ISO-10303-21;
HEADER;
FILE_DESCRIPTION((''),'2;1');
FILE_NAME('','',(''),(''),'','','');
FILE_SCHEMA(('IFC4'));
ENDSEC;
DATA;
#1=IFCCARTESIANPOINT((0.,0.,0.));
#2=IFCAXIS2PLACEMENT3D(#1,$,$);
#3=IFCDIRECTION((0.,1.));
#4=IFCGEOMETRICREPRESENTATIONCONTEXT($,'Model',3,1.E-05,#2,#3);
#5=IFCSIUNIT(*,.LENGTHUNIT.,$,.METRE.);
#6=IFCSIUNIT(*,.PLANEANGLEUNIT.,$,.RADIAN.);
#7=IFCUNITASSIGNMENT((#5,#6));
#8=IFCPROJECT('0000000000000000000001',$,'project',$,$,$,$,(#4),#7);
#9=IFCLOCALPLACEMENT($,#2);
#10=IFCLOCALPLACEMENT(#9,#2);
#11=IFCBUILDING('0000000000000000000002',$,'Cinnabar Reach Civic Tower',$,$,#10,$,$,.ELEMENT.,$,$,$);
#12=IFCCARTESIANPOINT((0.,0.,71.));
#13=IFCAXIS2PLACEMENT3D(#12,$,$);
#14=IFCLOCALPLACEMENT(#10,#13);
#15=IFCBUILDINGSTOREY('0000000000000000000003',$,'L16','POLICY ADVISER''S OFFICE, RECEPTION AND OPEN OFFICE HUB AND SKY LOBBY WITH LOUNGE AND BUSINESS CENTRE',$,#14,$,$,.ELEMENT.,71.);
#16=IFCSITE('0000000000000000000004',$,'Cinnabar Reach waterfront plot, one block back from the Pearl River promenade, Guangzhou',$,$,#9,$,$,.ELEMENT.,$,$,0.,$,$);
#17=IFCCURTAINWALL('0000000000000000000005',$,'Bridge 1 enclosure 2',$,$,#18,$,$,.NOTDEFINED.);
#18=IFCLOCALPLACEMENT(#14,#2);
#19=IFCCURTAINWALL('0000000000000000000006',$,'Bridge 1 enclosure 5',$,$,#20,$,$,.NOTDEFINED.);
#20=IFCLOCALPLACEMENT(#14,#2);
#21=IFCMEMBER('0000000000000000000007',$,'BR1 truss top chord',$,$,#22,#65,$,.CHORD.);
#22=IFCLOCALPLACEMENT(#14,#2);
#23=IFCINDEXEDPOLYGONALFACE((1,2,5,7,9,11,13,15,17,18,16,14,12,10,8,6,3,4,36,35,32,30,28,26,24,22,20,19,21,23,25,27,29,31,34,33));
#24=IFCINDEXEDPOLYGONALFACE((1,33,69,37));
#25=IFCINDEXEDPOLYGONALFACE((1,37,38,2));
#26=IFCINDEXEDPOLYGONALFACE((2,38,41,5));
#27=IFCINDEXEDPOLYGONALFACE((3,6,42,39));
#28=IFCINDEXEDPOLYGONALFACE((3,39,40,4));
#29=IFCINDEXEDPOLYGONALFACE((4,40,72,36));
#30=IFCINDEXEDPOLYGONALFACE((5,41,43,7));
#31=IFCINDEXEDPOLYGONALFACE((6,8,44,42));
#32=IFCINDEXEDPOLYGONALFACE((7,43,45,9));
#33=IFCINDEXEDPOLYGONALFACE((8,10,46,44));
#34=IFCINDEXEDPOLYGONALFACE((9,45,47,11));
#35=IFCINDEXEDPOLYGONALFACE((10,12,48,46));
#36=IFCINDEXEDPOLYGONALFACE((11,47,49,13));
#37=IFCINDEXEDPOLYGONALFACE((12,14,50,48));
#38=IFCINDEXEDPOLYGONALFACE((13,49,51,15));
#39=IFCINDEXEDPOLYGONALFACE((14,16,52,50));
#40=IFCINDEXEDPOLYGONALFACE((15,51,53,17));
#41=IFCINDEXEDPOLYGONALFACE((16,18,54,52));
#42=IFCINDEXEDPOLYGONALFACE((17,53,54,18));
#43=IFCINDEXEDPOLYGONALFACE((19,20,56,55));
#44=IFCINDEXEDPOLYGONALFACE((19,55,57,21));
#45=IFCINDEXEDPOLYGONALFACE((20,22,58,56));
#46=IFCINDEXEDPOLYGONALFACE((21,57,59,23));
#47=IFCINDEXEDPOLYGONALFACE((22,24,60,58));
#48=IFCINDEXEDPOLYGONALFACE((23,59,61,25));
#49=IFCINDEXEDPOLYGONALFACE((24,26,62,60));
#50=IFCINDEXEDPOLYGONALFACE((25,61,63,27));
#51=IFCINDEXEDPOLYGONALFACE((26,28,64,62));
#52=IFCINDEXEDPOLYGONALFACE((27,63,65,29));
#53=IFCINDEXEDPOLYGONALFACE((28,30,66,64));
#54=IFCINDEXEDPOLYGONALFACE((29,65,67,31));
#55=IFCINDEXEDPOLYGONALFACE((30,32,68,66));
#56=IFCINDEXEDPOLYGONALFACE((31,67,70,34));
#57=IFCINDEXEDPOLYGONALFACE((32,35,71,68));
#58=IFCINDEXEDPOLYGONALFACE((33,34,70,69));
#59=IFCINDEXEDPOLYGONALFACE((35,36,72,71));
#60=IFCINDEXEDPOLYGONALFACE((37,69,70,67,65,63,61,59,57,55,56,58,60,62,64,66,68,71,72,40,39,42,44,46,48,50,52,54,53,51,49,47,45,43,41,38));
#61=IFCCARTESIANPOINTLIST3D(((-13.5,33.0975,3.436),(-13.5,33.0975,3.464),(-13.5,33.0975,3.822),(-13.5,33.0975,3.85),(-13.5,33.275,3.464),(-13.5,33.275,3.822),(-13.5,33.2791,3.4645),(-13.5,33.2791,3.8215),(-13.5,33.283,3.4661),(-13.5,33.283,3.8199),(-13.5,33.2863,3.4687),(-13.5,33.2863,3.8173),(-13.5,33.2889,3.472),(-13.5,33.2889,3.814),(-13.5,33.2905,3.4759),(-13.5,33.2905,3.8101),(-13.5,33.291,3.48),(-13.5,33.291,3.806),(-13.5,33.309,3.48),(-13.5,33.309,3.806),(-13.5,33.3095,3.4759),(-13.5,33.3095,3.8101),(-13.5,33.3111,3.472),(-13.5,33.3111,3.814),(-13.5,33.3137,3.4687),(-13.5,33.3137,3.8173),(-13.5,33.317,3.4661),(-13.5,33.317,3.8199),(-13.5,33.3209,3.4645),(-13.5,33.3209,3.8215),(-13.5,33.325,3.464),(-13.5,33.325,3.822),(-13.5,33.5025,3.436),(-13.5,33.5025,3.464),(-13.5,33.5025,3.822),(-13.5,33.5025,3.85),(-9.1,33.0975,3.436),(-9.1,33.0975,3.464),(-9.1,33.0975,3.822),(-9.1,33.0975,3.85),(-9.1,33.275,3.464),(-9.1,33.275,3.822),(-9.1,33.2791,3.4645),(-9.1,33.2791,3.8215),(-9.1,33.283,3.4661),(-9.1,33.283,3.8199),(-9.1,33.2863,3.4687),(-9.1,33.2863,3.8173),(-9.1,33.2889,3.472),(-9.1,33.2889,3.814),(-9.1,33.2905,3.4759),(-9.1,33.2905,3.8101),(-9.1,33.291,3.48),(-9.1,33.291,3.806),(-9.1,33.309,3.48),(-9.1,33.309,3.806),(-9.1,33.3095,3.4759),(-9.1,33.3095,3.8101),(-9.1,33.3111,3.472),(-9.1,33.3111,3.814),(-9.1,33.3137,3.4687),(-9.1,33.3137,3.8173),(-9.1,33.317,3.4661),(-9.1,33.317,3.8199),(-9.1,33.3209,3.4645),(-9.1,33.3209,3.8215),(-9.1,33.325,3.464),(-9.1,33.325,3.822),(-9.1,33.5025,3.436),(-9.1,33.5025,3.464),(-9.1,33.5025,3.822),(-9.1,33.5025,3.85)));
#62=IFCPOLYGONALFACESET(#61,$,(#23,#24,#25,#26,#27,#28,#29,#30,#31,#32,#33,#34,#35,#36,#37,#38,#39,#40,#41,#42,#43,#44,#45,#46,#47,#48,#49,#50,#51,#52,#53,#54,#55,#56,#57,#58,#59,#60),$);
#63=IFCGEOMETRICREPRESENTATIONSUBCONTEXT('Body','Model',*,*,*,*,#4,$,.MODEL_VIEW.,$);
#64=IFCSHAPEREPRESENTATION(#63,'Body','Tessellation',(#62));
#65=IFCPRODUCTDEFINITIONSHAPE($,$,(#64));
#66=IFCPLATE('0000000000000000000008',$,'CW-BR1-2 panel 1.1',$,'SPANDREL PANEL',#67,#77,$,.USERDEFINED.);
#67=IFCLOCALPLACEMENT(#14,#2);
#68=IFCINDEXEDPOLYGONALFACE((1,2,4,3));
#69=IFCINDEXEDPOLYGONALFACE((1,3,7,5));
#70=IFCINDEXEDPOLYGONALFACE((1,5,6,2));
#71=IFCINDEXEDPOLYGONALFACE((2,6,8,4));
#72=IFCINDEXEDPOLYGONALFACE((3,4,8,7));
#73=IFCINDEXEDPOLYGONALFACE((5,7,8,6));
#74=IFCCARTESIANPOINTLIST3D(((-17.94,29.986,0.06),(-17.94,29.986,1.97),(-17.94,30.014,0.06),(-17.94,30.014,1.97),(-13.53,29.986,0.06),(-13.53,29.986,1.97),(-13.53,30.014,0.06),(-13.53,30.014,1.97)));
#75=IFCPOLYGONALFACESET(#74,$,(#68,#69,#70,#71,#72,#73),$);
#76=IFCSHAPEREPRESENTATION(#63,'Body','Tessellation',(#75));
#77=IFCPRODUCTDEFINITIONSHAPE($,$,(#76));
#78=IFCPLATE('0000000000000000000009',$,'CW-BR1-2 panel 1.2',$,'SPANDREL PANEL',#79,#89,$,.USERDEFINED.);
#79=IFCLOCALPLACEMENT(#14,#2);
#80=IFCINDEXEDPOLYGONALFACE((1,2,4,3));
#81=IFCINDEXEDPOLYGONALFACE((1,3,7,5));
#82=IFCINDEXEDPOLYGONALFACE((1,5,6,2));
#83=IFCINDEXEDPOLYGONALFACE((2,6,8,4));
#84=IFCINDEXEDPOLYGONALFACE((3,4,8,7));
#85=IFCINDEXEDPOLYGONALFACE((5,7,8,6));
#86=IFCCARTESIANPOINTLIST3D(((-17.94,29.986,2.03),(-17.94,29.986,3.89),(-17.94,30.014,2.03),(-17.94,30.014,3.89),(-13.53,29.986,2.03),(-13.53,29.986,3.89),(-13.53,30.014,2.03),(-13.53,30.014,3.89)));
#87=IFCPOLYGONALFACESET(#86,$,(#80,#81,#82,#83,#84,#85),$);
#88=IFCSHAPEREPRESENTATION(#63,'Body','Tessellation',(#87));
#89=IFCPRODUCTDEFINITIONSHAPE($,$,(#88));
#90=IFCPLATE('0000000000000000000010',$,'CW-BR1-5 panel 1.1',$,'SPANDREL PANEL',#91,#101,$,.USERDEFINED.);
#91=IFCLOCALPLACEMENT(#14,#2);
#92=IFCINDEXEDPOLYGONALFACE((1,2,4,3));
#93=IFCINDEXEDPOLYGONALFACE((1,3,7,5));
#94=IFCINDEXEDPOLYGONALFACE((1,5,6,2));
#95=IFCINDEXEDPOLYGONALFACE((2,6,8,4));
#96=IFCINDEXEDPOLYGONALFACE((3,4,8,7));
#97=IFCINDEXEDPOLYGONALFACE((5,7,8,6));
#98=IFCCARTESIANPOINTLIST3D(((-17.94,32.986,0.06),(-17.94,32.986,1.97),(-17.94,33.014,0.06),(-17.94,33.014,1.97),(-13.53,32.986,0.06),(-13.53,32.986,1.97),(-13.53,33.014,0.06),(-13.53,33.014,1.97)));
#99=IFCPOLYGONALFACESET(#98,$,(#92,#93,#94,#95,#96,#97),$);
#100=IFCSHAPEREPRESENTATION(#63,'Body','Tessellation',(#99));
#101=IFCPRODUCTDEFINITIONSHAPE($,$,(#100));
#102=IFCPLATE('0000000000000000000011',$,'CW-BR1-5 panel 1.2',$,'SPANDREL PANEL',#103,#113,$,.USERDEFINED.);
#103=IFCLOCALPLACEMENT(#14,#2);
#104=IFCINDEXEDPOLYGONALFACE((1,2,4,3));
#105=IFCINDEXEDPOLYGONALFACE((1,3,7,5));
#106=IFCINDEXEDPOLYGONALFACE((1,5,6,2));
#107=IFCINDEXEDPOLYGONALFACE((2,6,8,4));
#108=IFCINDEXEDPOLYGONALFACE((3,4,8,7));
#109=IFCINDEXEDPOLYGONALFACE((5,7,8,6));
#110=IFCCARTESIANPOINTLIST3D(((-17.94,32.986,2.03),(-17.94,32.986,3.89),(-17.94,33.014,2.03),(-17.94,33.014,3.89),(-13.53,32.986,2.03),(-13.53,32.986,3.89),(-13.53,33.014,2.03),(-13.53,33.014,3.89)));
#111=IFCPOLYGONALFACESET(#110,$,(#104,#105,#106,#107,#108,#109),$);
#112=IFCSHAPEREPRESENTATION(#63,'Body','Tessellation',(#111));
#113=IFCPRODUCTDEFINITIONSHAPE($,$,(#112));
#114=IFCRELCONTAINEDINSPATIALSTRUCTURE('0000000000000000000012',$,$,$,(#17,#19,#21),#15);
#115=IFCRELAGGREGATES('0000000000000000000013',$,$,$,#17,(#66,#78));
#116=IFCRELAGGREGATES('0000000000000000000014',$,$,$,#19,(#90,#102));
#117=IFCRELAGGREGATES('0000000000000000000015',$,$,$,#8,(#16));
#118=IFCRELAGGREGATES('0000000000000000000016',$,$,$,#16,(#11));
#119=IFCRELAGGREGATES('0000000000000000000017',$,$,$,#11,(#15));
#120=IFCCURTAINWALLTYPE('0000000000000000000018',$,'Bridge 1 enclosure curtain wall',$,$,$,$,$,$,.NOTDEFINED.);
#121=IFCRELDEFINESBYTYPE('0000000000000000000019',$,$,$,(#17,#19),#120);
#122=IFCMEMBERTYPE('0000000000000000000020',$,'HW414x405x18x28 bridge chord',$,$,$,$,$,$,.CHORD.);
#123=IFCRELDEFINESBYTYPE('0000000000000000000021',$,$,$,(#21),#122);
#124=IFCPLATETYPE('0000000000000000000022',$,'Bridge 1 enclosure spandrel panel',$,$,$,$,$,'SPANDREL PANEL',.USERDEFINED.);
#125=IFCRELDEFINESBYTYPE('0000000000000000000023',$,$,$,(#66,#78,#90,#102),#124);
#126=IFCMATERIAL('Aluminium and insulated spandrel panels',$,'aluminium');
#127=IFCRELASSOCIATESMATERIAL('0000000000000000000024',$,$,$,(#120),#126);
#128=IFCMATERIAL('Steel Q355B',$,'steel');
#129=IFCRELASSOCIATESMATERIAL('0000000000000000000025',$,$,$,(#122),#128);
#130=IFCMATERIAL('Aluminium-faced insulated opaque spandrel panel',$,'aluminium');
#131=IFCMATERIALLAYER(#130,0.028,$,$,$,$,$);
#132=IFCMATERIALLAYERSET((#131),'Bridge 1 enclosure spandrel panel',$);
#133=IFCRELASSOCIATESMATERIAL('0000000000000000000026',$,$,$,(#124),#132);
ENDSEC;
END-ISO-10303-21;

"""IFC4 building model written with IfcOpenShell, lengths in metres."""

from ifc_helpers import new_model, si_unit, direction, frame, origin, origin_2d, place, context, subcontext, project, spatial, rectangle, i_section, extrude, material, layer, layer_set, material_profile, profile_set, type_object, element, aggregate, save


model = new_model("IFC4")

# Units and contexts
model_context = context("Model", 3, precision=1e-05, world=origin(), true_north=direction((0.0, 1.0)))
body_context = subcontext(model_context, "Body", "Model", "MODEL_VIEW")
ifc_project = project(units=[si_unit("LENGTHUNIT", "METRE"), si_unit("PLANEANGLEUNIT", "RADIAN")], contexts=[model_context])

# Site, building, storey
site_placement = place(None, origin())
site = spatial("IfcSite", under=ifc_project, at=site_placement, Name="Cinnabar Reach waterfront plot, one block back from the Pearl River promenade, Guangzhou", CompositionType="ELEMENT", RefElevation=0.0)
building_placement = place(site_placement, origin())
building = spatial("IfcBuilding", under=site, at=building_placement, Name="Cinnabar Reach Civic Tower", CompositionType="ELEMENT")
storey_placement = place(building_placement, frame((0.0, 0.0, 71.0)))
storey = spatial("IfcBuildingStorey", under=building, at=storey_placement, Name="L16", Description="POLICY ADVISER'S OFFICE, RECEPTION AND OPEN OFFICE HUB AND SKY LOBBY WITH LOUNGE AND BUSINESS CENTRE", CompositionType="ELEMENT", Elevation=71.0)

# Curtain wall
ifc_material_1 = material(Name="Aluminium and insulated spandrel panels", Category="aluminium")
curtain_wall_type = type_object("IfcCurtainWallType", Name="Bridge 1 enclosure curtain wall", PredefinedType="NOTDEFINED", material=ifc_material_1)
curtain_wall_1_placement = place(storey_placement, origin())
curtain_wall_1 = element("IfcCurtainWall", 1, at=curtain_wall_1_placement, inside=storey, type_object=curtain_wall_type, Name="Bridge 1 enclosure 2", PredefinedType="NOTDEFINED")

# Curtain wall
curtain_wall_2_placement = place(storey_placement, origin())
curtain_wall_2 = element("IfcCurtainWall", 2, at=curtain_wall_2_placement, inside=storey, type_object=curtain_wall_type, Name="Bridge 1 enclosure 5", PredefinedType="NOTDEFINED")

# Member
ifc_material_2 = material(Name="Steel Q355B", Category="steel")
ifc_material_profile_1 = material_profile(ifc_material_2, i_section(OverallWidth=0.405, OverallDepth=0.414, WebThickness=0.018, FlangeThickness=0.028, FilletRadius=0.016, at=origin_2d()), Name="HW414x405x18x28")
ifc_profile_set_1 = profile_set([ifc_material_profile_1], Name="Steel Q355B")
member_type_1 = type_object("IfcMemberType", Name="HW414x405x18x28 bridge chord", PredefinedType="CHORD", material=ifc_profile_set_1)
for number, where, z_axis, x_axis, name in (
    (3, (-13.5, 33.3, 3.643), (1.0, 0.0, 0.0), (0.0, 1.0, 0.0), "BR1 truss top chord"),
):
    element("IfcMember", number, at=place(storey_placement, frame(where, z_axis=z_axis, x_axis=x_axis)), inside=storey, type_object=member_type_1, Name=name, PredefinedType="CHORD", context=body_context, shape_type="SweptSolid", body=[
        extrude(i_section(OverallWidth=0.405, OverallDepth=0.414, WebThickness=0.018, FlangeThickness=0.028, FilletRadius=0.016, at=origin_2d()), origin(), (0.0, 0.0, 1.0), 4.4),
    ])

# Plates
ifc_material_3 = material(Name="Aluminium-faced insulated opaque spandrel panel", Category="aluminium")
ifc_layer = layer(ifc_material_3, 0.028)
ifc_layer_set = layer_set([ifc_layer], Name="Bridge 1 enclosure spandrel panel")
plate_type = type_object("IfcPlateType", Name="Bridge 1 enclosure spandrel panel", ElementType="SPANDREL PANEL", PredefinedType="USERDEFINED", material=ifc_layer_set)
plate_1_placement = place(storey_placement, frame((-15.735, 30.0, 0.06), z_axis=(0.0, 0.0, 1.0), x_axis=(1.0, 0.0, 0.0)))
plate_1 = element("IfcPlate", 4, at=plate_1_placement, type_object=plate_type, Name="CW-BR1-2 panel 1.1", ObjectType="SPANDREL PANEL", PredefinedType="USERDEFINED", context=body_context, shape_type="SweptSolid", body=[
    extrude(rectangle(XDim=4.41, YDim=0.028, at=origin_2d()), origin(), (0.0, 0.0, 1.0), 1.91),
])
plate_2_placement = place(storey_placement, frame((-15.735, 30.0, 2.03), z_axis=(0.0, 0.0, 1.0), x_axis=(1.0, 0.0, 0.0)))
plate_2 = element("IfcPlate", 5, at=plate_2_placement, type_object=plate_type, Name="CW-BR1-2 panel 1.2", ObjectType="SPANDREL PANEL", PredefinedType="USERDEFINED", context=body_context, shape_type="SweptSolid", body=[
    extrude(rectangle(XDim=4.41, YDim=0.028, at=origin_2d()), origin(), (0.0, 0.0, 1.0), 1.86),
])
aggregate(curtain_wall_1, [plate_1, plate_2])
plate_3_placement = place(storey_placement, frame((-15.735, 33.0, 0.06), z_axis=(0.0, 0.0, 1.0), x_axis=(1.0, 0.0, 0.0)))
plate_3 = element("IfcPlate", 6, at=plate_3_placement, type_object=plate_type, Name="CW-BR1-5 panel 1.1", ObjectType="SPANDREL PANEL", PredefinedType="USERDEFINED", context=body_context, shape_type="SweptSolid", body=[
    extrude(rectangle(XDim=4.41, YDim=0.028, at=origin_2d()), origin(), (0.0, 0.0, 1.0), 1.91),
])
plate_4_placement = place(storey_placement, frame((-15.735, 33.0, 2.03), z_axis=(0.0, 0.0, 1.0), x_axis=(1.0, 0.0, 0.0)))
plate_4 = element("IfcPlate", 7, at=plate_4_placement, type_object=plate_type, Name="CW-BR1-5 panel 1.2", ObjectType="SPANDREL PANEL", PredefinedType="USERDEFINED", context=body_context, shape_type="SweptSolid", body=[
    extrude(rectangle(XDim=4.41, YDim=0.028, at=origin_2d()), origin(), (0.0, 0.0, 1.0), 1.86),
])
aggregate(curtain_wall_2, [plate_3, plate_4])

save(model, "model.ifc")
